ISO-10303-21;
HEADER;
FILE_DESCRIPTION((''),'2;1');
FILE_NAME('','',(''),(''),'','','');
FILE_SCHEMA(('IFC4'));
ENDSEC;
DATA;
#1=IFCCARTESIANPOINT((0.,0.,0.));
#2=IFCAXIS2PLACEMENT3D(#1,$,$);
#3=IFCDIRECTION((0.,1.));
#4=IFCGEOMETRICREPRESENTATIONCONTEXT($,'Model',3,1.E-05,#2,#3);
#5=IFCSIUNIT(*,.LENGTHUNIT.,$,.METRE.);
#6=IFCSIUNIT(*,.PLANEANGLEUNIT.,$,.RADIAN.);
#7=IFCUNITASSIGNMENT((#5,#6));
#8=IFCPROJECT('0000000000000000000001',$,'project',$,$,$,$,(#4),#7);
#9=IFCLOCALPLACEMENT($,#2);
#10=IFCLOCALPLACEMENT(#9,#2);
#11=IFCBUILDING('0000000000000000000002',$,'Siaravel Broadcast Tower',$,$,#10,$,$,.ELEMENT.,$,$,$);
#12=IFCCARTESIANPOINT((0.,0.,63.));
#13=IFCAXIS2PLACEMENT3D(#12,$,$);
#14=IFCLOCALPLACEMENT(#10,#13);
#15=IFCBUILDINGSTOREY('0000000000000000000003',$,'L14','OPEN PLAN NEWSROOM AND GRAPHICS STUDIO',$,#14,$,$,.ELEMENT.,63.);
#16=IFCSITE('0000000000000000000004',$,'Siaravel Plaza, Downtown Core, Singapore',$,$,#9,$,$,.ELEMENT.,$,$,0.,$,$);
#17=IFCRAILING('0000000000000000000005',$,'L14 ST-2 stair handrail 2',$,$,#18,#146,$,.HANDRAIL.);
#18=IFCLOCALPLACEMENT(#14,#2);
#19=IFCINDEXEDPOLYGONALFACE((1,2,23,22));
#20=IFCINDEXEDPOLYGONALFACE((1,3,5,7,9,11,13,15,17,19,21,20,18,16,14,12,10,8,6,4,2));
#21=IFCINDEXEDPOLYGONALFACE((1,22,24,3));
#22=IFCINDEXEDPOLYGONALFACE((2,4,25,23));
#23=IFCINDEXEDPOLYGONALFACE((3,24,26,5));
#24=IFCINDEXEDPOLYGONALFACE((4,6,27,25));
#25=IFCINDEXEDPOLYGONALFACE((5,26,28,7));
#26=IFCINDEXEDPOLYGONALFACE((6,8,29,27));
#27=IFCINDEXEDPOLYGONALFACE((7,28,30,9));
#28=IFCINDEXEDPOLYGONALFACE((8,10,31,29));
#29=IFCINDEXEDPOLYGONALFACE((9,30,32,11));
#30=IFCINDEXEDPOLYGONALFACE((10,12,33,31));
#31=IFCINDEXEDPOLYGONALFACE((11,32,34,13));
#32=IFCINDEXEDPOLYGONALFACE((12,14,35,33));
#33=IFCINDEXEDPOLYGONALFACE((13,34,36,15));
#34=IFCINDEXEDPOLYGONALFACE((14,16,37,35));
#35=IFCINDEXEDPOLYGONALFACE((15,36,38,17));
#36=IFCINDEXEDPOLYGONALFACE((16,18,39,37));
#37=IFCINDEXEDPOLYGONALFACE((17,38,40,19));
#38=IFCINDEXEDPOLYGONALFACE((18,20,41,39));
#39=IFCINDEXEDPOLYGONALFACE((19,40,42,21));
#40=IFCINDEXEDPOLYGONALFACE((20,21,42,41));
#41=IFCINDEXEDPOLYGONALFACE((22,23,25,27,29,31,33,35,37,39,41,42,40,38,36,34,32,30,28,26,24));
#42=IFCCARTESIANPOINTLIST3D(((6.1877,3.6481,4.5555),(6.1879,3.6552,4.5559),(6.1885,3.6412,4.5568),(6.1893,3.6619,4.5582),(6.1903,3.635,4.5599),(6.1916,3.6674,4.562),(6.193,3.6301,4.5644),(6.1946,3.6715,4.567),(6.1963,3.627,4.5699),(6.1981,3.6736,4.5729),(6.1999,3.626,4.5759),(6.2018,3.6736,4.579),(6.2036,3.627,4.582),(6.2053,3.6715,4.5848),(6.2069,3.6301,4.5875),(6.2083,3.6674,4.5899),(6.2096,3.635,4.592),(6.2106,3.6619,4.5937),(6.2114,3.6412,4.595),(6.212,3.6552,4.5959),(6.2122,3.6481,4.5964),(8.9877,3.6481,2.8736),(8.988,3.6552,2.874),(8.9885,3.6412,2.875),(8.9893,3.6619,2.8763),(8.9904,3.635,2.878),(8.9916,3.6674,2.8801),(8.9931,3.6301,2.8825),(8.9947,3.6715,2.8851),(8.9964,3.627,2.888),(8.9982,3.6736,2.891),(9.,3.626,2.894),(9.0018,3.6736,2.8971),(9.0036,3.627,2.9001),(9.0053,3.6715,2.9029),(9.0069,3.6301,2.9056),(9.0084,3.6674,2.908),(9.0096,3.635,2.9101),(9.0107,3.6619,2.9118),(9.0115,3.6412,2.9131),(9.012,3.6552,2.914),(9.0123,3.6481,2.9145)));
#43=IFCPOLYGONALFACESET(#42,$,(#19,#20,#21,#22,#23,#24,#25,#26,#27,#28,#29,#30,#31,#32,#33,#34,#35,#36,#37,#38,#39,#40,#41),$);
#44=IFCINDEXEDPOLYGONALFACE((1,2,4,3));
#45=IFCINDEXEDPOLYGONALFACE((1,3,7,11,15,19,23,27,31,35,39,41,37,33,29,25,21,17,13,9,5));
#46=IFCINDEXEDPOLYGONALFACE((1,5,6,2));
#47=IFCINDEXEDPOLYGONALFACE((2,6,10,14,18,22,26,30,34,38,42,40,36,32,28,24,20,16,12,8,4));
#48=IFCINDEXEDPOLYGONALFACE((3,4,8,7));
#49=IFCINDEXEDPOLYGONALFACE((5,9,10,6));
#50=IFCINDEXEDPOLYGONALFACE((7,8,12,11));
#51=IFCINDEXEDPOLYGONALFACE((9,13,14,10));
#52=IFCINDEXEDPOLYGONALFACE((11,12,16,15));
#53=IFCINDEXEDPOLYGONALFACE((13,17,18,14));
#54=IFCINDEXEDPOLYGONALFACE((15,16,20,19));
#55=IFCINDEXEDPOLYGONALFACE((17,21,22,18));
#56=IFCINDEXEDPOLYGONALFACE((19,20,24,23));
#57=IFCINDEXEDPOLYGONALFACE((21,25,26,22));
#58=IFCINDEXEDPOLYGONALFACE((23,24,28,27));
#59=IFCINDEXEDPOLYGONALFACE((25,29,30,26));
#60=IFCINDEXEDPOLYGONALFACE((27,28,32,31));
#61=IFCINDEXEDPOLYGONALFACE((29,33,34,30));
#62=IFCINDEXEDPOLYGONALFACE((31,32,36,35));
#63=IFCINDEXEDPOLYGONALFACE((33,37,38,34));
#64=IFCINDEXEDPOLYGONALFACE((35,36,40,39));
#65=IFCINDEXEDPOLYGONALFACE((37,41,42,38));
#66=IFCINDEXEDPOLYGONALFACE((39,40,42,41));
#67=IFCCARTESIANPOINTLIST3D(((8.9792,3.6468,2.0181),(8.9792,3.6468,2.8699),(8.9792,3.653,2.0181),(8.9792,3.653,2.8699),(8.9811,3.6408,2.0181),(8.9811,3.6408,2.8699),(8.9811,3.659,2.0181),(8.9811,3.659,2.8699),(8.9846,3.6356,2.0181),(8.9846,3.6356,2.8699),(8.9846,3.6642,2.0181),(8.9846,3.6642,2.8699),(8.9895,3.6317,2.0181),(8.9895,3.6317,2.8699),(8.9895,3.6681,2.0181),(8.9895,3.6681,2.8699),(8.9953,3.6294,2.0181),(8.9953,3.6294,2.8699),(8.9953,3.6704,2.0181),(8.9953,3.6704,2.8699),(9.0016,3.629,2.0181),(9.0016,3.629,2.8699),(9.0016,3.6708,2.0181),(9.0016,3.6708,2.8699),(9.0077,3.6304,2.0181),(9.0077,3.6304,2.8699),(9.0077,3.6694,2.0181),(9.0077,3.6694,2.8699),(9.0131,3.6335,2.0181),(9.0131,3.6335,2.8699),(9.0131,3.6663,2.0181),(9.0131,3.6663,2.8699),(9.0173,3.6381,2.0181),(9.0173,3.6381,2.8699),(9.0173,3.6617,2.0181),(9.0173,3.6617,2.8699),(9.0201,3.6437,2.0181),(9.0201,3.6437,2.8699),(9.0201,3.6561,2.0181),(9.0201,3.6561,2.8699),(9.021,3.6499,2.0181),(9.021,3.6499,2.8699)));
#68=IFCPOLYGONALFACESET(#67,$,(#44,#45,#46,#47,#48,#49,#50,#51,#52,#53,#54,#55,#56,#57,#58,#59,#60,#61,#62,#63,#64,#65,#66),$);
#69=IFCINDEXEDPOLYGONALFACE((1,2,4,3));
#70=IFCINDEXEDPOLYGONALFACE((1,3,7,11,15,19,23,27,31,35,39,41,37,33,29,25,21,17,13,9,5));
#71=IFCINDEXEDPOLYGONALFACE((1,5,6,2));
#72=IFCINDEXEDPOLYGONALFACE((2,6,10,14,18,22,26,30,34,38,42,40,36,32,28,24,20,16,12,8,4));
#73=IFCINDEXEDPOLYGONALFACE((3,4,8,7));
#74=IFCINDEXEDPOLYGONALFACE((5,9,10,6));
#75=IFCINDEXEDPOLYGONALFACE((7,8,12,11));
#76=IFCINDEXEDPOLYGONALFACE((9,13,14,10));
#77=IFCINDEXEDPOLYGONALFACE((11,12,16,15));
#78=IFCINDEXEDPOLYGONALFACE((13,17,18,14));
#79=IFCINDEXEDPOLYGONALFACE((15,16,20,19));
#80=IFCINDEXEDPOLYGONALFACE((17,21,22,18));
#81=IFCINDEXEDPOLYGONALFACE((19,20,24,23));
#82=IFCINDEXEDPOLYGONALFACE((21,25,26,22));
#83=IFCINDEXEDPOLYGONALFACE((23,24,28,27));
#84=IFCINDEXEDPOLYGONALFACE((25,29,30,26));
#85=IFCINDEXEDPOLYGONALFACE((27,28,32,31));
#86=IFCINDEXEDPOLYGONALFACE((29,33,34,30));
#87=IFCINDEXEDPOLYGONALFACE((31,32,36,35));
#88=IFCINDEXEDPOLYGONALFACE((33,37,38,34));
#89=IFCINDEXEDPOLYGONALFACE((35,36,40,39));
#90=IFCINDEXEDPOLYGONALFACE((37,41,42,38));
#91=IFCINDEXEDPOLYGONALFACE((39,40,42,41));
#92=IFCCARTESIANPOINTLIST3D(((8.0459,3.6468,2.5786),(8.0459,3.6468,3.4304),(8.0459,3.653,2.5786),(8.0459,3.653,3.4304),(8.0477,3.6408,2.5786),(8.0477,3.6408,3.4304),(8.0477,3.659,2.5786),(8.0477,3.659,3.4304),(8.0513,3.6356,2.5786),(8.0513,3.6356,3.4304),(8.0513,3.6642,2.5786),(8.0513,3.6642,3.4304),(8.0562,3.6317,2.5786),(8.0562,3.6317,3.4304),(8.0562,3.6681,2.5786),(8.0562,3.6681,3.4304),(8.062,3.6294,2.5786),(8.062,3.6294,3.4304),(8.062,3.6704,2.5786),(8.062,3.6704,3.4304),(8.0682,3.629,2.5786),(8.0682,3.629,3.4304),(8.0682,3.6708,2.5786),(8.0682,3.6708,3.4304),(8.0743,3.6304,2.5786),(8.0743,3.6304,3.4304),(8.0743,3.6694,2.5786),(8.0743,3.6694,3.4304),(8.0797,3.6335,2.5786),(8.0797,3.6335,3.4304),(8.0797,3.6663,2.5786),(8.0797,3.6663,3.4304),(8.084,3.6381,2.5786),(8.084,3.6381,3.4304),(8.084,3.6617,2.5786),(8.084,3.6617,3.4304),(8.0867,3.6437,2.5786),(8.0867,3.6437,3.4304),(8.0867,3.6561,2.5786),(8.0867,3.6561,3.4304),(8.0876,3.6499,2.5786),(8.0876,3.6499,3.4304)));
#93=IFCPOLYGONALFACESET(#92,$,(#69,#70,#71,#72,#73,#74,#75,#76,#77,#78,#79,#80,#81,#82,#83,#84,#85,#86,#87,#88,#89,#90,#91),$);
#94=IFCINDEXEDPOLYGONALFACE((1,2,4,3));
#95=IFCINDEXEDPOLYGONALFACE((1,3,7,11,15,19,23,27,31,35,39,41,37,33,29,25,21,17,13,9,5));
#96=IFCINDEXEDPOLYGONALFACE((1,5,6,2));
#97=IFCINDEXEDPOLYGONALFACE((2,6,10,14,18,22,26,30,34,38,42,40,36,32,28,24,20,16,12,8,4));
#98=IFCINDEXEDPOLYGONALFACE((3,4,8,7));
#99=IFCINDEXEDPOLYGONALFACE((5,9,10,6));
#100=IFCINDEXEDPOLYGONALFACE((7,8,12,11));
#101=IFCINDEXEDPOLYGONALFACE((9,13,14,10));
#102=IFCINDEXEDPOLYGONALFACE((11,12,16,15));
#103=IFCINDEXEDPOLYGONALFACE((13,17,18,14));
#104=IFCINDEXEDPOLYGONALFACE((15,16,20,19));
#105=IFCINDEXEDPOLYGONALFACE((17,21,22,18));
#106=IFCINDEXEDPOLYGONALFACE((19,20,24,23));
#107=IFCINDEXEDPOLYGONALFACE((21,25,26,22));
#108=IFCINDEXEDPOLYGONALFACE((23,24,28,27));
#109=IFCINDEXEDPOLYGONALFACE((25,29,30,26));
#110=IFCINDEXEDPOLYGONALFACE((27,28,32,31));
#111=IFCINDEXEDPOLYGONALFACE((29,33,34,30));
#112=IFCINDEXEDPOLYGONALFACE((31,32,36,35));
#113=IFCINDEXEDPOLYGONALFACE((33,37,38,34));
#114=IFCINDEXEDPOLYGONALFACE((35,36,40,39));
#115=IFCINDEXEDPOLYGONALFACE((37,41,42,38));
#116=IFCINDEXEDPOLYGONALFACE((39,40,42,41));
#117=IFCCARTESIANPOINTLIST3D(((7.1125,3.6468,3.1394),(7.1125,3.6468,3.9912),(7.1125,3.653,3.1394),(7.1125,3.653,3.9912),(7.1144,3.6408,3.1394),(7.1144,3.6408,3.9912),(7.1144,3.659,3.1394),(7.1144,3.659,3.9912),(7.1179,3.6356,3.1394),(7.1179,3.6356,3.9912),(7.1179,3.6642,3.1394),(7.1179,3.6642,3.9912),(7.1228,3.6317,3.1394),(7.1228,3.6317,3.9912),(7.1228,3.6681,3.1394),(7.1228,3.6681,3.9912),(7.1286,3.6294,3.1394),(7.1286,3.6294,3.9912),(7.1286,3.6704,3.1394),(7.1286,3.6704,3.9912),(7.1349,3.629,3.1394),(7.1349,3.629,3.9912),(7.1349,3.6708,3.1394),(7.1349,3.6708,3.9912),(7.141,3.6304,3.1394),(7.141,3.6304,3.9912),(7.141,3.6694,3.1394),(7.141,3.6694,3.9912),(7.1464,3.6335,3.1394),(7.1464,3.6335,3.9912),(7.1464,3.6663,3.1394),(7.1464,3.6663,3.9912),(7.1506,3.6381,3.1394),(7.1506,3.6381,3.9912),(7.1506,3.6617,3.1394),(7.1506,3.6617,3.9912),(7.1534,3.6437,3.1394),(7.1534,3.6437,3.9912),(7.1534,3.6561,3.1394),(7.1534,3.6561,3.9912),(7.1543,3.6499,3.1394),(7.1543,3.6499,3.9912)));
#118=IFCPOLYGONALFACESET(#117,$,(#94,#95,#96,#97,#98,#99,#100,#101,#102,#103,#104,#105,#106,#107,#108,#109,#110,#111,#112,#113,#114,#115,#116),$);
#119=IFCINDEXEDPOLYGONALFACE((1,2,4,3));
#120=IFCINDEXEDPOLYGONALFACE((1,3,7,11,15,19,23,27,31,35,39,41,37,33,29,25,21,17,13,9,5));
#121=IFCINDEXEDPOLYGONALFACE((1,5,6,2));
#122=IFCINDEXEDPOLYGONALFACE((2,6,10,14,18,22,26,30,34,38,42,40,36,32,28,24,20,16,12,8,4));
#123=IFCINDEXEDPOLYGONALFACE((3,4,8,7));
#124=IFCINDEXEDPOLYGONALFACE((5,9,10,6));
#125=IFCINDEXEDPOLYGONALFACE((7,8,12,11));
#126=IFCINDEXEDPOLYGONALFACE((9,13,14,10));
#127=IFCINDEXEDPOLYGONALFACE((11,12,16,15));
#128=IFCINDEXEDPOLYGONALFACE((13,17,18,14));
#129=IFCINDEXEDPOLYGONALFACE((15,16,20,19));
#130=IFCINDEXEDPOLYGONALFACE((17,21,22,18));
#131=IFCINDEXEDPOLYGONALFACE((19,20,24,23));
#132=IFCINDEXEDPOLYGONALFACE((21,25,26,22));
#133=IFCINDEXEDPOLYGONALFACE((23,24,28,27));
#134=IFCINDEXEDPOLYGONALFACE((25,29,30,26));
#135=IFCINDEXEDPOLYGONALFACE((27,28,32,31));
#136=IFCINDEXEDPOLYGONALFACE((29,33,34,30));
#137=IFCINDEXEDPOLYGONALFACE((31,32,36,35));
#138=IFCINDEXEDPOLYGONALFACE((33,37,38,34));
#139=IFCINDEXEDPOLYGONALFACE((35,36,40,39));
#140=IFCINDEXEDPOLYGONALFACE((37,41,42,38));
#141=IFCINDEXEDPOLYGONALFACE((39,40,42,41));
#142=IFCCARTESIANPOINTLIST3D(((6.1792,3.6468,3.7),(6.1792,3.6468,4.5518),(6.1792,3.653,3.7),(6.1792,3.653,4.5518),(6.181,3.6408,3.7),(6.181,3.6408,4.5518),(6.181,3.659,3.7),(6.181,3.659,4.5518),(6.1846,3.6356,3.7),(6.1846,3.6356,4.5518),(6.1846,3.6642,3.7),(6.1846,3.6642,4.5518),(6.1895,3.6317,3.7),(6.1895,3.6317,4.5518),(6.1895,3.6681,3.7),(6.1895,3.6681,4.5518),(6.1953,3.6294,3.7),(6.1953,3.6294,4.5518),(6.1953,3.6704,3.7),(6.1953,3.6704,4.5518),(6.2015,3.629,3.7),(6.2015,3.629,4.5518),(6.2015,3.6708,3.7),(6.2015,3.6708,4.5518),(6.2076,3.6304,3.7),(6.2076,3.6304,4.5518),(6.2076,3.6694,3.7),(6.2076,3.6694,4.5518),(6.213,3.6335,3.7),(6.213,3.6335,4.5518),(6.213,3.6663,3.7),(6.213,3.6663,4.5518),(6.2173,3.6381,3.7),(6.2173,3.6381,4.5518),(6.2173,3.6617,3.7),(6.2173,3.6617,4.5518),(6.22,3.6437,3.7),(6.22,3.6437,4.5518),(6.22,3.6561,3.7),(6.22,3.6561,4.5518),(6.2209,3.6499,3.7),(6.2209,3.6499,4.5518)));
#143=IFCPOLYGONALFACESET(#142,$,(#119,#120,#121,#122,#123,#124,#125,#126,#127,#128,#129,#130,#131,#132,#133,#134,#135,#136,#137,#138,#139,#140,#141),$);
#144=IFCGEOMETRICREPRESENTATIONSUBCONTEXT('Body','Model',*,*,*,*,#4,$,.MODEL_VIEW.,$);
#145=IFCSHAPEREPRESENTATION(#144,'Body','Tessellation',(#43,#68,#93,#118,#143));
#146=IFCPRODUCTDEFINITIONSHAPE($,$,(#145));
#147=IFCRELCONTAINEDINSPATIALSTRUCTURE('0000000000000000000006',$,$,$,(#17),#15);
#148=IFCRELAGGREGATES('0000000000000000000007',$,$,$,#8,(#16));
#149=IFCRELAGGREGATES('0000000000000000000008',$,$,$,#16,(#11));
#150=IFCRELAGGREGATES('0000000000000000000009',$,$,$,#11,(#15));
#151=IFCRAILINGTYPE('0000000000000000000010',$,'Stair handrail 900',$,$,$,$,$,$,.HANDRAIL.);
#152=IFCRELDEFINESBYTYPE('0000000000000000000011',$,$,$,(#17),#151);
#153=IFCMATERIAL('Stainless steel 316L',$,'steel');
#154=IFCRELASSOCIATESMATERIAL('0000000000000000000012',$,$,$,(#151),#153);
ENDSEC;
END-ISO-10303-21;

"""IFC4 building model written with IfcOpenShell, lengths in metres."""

from ifc_helpers import new_model, si_unit, direction, frame, origin, origin_2d, place, context, subcontext, project, spatial, circle, extrude, material, type_object, element, save


model = new_model("IFC4")

# Units and contexts
model_context = context("Model", 3, precision=1e-05, world=origin(), true_north=direction((0.0, 1.0)))
body_context = subcontext(model_context, "Body", "Model", "MODEL_VIEW")
ifc_project = project(units=[si_unit("LENGTHUNIT", "METRE"), si_unit("PLANEANGLEUNIT", "RADIAN")], contexts=[model_context])

# Site, building, storey
site_placement = place(None, origin())
site = spatial("IfcSite", under=ifc_project, at=site_placement, Name="Siaravel Plaza, Downtown Core, Singapore", CompositionType="ELEMENT", RefElevation=0.0)
building_placement = place(site_placement, origin())
building = spatial("IfcBuilding", under=site, at=building_placement, Name="Siaravel Broadcast Tower", CompositionType="ELEMENT")
storey_placement = place(building_placement, frame((0.0, 0.0, 63.0)))
storey = spatial("IfcBuildingStorey", under=building, at=storey_placement, Name="L14", Description="OPEN PLAN NEWSROOM AND GRAPHICS STUDIO", CompositionType="ELEMENT", Elevation=63.0)

# Railing
ifc_material_1 = material(Name="Stainless steel 316L", Category="steel")
railing_type_1 = type_object("IfcRailingType", Name="Stair handrail 900", PredefinedType="HANDRAIL", material=ifc_material_1)
railing_1_placement = place(storey_placement, frame((9.0, 3.6499, 2.0181)))
element("IfcRailing", 1, at=railing_1_placement, inside=storey, type_object=railing_type_1, Name="L14 ST-2 stair handrail 2", PredefinedType="HANDRAIL", context=body_context, shape_type="SweptSolid", body=[
    extrude(circle(Radius=0.0239, at=origin_2d()), frame((0.0, 0.0, 0.876), z_axis=(-0.857242, 0.0, 0.514913), x_axis=(0.0, -1.0, 0.0)), (0.0, 0.0, 1.0), 3.2664),
    extrude(circle(Radius=0.021, at=origin_2d()), origin(), (0.0, 0.0, 1.0), 0.8518),
    extrude(circle(Radius=0.021, at=origin_2d()), frame((-0.9333, 0.0, 0.5605)), (0.0, 0.0, 1.0), 0.8518),
    extrude(circle(Radius=0.021, at=origin_2d()), frame((-1.8667, 0.0, 1.1213)), (0.0, 0.0, 1.0), 0.8518),
    extrude(circle(Radius=0.021, at=origin_2d()), frame((-2.8, 0.0, 1.6819)), (0.0, 0.0, 1.0), 0.8518),
])

save(model, "model.ifc")
